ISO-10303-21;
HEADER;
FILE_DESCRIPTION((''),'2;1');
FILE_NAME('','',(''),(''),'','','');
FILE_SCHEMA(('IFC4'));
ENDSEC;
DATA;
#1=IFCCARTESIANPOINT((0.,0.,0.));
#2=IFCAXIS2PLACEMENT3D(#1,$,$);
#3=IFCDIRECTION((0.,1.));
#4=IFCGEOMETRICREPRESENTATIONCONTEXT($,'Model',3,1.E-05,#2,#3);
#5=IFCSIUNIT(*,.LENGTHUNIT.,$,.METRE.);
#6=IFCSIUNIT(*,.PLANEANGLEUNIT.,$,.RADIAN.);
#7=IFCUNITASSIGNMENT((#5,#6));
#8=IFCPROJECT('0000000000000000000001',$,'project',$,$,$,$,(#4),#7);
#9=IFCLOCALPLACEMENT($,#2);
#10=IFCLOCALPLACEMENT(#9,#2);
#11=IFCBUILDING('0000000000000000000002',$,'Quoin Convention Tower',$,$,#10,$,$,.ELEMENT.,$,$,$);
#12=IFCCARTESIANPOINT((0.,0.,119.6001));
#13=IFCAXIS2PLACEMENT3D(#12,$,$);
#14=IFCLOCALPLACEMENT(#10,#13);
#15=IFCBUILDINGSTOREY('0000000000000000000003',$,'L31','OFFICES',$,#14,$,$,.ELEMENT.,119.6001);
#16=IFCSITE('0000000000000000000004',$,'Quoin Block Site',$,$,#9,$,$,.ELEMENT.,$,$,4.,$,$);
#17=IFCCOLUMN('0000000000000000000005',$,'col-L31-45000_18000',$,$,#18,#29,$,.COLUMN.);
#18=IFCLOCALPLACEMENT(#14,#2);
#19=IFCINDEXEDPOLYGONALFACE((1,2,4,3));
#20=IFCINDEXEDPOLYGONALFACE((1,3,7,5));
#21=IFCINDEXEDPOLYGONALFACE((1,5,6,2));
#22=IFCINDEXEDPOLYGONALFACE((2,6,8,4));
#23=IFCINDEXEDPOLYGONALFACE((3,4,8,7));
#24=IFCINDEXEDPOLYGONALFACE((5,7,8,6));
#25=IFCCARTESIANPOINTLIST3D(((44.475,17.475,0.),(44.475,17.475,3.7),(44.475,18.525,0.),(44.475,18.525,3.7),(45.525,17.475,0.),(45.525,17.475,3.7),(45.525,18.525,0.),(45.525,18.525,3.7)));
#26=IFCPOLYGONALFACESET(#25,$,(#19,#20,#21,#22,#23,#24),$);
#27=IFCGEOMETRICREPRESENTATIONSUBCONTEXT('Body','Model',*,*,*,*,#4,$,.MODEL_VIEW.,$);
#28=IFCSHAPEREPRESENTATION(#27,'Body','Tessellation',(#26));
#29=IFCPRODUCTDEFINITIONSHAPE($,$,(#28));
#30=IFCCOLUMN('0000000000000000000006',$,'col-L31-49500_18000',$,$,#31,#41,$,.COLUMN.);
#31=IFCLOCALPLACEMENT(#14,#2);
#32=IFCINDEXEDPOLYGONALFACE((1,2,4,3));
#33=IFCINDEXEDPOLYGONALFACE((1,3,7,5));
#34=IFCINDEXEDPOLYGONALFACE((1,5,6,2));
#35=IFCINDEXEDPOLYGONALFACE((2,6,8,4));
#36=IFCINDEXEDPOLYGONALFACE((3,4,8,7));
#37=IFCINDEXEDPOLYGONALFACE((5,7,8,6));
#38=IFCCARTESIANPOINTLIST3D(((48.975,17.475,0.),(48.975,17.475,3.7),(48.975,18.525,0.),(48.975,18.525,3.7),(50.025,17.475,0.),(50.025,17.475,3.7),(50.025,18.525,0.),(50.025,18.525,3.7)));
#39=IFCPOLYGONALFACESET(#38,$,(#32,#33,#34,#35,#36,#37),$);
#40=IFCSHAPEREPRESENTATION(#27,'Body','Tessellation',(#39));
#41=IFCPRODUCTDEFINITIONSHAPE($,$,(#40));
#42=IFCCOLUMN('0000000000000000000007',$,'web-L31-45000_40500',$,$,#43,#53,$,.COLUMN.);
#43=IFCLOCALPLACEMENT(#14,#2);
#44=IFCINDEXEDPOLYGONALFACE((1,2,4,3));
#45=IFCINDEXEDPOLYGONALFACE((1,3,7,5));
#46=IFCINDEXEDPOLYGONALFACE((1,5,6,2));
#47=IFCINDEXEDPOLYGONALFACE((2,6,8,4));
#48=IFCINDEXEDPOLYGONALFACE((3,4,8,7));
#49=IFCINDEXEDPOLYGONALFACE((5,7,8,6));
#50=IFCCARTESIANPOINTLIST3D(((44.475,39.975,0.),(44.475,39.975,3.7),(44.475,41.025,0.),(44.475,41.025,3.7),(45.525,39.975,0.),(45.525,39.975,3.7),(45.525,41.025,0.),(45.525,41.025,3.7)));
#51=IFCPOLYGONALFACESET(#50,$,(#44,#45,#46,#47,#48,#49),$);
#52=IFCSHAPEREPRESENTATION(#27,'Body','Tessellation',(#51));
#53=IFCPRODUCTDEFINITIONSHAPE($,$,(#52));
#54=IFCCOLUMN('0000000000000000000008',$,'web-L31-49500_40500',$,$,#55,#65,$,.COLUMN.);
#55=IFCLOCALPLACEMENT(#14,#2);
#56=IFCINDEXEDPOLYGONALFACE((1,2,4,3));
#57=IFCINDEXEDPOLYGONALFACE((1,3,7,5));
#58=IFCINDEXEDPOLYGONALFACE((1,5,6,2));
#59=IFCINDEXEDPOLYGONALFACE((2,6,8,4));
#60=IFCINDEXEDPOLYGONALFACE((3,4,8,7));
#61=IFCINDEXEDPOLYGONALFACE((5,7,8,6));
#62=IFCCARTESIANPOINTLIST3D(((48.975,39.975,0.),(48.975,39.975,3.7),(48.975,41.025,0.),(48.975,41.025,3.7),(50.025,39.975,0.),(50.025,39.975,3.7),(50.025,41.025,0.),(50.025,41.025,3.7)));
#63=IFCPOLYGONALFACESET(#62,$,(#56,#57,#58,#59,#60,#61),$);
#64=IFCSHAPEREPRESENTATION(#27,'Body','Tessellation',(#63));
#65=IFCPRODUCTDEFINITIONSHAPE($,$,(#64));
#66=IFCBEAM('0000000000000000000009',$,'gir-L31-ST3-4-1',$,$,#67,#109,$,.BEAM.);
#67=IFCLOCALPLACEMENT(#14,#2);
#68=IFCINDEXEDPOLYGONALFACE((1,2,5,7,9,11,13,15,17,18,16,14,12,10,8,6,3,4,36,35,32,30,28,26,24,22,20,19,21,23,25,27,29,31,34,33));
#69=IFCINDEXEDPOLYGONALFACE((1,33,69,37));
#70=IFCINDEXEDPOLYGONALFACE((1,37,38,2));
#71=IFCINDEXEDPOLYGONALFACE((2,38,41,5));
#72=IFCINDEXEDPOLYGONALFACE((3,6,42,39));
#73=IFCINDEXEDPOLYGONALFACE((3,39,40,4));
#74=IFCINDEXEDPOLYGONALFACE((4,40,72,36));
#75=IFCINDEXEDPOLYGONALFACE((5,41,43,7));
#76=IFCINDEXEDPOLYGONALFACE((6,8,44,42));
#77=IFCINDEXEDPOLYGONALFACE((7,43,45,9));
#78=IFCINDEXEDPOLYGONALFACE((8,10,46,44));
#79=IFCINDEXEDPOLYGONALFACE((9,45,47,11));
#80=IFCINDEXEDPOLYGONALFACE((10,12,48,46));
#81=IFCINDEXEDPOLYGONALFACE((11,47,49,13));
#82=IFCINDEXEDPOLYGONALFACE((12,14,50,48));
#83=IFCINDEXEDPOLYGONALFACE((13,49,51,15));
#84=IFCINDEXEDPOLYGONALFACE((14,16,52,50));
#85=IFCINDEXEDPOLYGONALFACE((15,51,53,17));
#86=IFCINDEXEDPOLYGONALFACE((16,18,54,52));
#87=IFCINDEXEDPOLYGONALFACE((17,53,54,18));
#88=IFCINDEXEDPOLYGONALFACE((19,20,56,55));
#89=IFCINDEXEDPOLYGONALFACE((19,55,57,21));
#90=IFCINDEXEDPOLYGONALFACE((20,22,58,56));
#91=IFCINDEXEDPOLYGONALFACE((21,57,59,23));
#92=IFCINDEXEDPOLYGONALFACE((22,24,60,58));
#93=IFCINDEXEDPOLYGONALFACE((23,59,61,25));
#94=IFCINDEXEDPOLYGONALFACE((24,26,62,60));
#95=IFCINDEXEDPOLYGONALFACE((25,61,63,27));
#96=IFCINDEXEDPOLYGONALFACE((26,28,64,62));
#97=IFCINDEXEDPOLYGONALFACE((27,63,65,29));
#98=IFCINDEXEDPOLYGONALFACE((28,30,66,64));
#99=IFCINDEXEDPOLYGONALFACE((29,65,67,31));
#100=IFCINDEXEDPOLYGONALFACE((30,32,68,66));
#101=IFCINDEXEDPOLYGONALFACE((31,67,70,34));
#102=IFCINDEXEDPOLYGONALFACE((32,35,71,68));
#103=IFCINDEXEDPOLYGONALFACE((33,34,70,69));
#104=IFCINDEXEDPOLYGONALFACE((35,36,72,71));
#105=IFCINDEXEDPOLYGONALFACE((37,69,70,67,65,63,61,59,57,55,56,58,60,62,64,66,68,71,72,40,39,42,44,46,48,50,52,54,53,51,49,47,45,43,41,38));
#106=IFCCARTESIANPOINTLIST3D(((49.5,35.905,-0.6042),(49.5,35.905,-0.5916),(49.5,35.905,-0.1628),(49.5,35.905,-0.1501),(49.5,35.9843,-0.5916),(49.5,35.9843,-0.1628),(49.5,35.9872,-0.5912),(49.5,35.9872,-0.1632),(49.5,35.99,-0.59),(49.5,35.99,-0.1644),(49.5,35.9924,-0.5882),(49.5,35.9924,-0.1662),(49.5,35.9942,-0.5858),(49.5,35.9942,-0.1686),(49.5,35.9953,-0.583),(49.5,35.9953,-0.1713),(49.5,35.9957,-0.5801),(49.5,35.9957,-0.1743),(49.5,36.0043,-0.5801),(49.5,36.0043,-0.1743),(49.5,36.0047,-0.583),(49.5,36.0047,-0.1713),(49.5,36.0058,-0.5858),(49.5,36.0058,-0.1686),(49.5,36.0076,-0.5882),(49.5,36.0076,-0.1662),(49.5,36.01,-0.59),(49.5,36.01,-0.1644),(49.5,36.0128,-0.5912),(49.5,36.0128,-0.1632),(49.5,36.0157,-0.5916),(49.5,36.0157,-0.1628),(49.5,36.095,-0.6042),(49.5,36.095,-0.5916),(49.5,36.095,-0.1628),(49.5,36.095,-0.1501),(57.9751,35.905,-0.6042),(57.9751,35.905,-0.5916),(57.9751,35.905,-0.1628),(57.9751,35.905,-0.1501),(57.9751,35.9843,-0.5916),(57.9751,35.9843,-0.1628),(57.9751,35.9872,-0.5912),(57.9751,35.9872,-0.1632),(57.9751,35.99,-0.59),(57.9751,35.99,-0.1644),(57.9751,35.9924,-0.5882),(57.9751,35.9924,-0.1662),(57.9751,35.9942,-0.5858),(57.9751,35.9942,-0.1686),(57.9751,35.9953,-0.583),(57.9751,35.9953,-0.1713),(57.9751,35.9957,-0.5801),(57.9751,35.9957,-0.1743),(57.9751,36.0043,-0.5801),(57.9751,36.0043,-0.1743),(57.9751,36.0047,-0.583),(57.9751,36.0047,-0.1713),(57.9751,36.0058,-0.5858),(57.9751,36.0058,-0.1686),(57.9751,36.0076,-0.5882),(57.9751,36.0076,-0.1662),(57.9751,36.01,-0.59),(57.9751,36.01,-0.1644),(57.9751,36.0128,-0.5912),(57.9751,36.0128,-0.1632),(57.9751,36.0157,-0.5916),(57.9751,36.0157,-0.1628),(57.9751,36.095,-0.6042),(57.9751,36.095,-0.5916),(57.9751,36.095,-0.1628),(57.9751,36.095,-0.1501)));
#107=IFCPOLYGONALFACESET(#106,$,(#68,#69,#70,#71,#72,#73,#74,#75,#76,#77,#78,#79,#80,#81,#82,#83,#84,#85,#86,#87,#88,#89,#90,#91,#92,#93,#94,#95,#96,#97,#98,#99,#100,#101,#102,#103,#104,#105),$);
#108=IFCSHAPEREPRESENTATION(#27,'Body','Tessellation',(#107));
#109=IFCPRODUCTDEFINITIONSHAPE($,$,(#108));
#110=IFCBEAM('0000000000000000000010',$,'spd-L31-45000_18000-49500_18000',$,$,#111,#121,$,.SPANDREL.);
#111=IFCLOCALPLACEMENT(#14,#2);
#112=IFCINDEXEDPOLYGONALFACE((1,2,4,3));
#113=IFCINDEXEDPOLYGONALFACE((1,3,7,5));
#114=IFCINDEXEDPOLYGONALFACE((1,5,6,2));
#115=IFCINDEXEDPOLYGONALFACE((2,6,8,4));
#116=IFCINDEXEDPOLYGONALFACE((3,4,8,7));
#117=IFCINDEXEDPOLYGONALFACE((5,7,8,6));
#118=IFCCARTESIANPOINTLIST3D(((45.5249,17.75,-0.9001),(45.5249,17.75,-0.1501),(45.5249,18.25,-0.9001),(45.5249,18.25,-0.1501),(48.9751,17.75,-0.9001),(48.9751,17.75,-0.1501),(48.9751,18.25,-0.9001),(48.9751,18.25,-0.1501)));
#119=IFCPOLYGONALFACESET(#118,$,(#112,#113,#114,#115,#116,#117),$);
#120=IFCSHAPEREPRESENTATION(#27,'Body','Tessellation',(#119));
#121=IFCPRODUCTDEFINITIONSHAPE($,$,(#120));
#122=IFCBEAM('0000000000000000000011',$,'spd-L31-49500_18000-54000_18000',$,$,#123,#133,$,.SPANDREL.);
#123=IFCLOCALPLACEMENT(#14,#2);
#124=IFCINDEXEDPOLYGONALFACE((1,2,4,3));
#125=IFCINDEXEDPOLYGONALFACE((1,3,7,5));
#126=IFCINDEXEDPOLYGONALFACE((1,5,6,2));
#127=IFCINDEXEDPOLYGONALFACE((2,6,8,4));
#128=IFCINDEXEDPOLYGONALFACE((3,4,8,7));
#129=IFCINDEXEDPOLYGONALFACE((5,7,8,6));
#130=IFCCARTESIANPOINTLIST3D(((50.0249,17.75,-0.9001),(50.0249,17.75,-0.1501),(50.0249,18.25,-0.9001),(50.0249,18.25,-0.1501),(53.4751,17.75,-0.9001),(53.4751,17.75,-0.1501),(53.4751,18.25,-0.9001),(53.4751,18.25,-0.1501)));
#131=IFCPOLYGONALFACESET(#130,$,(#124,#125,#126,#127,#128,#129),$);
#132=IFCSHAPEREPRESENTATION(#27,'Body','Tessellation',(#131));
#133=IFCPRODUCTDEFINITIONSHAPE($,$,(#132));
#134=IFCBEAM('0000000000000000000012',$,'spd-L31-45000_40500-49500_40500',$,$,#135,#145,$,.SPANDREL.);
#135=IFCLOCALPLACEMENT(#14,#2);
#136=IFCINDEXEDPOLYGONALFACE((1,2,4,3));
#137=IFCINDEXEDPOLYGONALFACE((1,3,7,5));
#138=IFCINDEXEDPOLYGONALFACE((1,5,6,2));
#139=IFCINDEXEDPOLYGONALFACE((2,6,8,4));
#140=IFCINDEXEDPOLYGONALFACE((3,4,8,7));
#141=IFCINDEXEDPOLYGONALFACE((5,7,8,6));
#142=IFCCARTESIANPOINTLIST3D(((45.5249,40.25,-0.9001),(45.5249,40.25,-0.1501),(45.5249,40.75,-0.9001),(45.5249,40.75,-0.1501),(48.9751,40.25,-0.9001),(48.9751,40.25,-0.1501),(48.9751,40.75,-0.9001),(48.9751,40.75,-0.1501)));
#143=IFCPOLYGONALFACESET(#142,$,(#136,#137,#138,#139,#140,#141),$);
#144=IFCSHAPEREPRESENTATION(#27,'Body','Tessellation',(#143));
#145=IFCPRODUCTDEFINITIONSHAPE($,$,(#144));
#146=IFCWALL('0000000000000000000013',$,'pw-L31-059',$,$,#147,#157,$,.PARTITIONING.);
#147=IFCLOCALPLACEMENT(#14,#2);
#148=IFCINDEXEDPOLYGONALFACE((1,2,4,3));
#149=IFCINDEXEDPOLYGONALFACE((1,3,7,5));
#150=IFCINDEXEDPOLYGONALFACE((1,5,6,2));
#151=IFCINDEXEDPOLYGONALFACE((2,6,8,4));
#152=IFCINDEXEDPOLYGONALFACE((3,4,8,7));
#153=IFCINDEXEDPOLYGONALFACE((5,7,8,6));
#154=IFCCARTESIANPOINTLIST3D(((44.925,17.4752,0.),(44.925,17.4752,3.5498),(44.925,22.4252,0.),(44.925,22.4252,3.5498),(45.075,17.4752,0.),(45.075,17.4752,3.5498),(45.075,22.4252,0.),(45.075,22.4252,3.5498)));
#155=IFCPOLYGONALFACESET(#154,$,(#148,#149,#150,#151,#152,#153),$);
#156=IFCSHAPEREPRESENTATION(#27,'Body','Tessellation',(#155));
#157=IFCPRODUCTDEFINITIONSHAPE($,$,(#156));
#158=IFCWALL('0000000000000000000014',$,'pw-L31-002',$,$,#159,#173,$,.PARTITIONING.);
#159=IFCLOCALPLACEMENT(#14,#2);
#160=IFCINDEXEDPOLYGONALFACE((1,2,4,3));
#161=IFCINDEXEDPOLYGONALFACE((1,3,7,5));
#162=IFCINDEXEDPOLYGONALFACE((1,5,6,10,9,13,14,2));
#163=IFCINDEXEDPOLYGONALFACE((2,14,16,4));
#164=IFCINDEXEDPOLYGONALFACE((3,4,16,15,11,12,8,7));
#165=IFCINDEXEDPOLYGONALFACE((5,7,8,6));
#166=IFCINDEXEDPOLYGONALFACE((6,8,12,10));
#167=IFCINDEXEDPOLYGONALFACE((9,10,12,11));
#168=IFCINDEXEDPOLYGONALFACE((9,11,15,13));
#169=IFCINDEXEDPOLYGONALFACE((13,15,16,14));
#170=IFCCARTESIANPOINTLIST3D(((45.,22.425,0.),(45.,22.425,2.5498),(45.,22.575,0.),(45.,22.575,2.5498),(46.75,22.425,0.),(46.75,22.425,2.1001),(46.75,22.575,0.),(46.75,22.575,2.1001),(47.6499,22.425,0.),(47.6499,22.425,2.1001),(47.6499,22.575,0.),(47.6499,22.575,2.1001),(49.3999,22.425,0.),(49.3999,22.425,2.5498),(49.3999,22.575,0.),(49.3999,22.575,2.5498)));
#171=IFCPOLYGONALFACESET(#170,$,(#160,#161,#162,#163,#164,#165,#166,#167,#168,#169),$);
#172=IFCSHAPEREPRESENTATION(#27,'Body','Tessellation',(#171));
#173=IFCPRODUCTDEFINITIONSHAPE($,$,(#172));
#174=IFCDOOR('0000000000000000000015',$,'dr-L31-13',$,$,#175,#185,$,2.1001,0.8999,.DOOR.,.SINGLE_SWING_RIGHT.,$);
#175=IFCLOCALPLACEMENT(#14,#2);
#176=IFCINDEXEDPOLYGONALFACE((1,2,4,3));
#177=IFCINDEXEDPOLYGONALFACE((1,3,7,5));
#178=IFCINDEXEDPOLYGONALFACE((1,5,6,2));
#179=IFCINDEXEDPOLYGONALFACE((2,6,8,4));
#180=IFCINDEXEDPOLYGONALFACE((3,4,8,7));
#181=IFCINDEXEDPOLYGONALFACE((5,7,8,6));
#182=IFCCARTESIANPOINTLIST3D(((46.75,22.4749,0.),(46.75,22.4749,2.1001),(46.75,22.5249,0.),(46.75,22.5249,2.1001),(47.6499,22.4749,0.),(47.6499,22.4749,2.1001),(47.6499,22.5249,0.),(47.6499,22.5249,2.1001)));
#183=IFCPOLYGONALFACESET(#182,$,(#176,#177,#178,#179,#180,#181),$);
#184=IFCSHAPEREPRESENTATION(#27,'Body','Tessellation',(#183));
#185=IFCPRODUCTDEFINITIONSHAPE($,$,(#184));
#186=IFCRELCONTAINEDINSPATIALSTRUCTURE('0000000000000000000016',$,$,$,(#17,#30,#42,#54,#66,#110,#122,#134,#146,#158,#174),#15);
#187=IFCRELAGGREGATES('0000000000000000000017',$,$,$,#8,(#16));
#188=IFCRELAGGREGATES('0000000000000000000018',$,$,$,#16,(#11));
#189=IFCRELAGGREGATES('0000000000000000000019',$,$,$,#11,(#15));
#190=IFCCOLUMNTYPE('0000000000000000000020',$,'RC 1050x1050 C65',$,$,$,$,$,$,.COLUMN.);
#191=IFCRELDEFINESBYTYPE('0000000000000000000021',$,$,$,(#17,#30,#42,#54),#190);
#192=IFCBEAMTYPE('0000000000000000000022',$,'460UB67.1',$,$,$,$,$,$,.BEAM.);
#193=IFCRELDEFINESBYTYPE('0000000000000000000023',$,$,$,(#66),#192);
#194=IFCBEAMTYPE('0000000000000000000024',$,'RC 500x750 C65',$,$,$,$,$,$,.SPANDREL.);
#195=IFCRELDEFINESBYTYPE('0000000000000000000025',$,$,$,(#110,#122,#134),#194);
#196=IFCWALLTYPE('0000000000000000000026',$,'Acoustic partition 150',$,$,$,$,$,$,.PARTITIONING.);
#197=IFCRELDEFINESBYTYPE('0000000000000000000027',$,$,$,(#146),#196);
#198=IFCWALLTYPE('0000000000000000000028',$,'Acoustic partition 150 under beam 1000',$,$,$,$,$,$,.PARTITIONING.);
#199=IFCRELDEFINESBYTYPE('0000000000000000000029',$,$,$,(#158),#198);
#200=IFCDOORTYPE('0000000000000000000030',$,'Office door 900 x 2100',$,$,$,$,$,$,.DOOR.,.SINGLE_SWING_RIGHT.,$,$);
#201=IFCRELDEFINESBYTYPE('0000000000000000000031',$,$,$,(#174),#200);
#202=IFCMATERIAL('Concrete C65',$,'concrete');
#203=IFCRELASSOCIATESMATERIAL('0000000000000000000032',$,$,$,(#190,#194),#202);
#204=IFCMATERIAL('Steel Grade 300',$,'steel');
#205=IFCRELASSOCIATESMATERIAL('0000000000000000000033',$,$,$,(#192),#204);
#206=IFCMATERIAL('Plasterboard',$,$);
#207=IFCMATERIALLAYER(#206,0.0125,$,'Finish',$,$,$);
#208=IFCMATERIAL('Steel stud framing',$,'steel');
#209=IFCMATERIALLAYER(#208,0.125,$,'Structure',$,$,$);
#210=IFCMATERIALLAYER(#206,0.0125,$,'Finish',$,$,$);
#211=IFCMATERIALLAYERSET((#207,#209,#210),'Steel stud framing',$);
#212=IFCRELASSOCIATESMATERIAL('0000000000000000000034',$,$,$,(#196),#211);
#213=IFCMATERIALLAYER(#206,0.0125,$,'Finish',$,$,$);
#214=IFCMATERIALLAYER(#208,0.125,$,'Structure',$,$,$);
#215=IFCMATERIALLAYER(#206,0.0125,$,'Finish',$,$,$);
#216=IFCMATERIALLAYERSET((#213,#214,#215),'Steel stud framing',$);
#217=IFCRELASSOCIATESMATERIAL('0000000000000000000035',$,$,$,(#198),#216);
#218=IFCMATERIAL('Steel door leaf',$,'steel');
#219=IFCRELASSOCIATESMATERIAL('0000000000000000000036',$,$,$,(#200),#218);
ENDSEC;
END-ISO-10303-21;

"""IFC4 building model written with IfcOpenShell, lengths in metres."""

from ifc_helpers import new_model, si_unit, direction, frame, frame_2d, origin, origin_2d, place, context, subcontext, project, spatial, rectangle, i_section, extrude, material, layer, layer_set, material_profile, profile_set, type_object, element, fill, save


model = new_model("IFC4")

# Units and contexts
model_context = context("Model", 3, precision=1e-05, world=origin(), true_north=direction((0.0, 1.0)))
body_context = subcontext(model_context, "Body", "Model", "MODEL_VIEW")
ifc_project = project(units=[si_unit("LENGTHUNIT", "METRE"), si_unit("PLANEANGLEUNIT", "RADIAN")], contexts=[model_context])

# Site, building, storey
site_placement = place(None, origin())
site = spatial("IfcSite", under=ifc_project, at=site_placement, Name="Quoin Block Site", CompositionType="ELEMENT", RefElevation=4.0)
building_placement = place(site_placement, origin())
building = spatial("IfcBuilding", under=site, at=building_placement, Name="Quoin Convention Tower", CompositionType="ELEMENT")
storey_placement = place(building_placement, frame((0.0, 0.0, 119.6001)))
storey = spatial("IfcBuildingStorey", under=building, at=storey_placement, Name="L31", Description="OFFICES", CompositionType="ELEMENT", Elevation=119.6001)

# Columns
ifc_material_1 = material(Name="Concrete C65", Category="concrete")
ifc_material_profile_1 = material_profile(ifc_material_1, rectangle(XDim=1.05, YDim=1.05, at=origin_2d()), Name="RC 1050x1050")
ifc_profile_set_1 = profile_set([ifc_material_profile_1], Name="Concrete C65")
column_type = type_object("IfcColumnType", Name="RC 1050x1050 C65", PredefinedType="COLUMN", material=ifc_profile_set_1)
for number, where, z_axis, x_axis, name in (
    (1, (45.0, 18.0, 0.0), (0.0, 0.0, 1.0), (1.0, 0.0, 0.0), "col-L31-45000_18000"),
    (2, (49.5, 18.0, 0.0), (0.0, 0.0, 1.0), (1.0, 0.0, 0.0), "col-L31-49500_18000"),
    (3, (45.0, 40.5, 0.0), (0.0, 0.0, 1.0), (1.0, 0.0, 0.0), "web-L31-45000_40500"),
    (4, (49.5, 40.5, 0.0), (0.0, 0.0, 1.0), (1.0, 0.0, 0.0), "web-L31-49500_40500"),
):
    element("IfcColumn", number, at=place(storey_placement, frame(where, z_axis=z_axis, x_axis=x_axis)), inside=storey, type_object=column_type, Name=name, PredefinedType="COLUMN", context=body_context, shape_type="SweptSolid", body=[
        extrude(rectangle(XDim=1.05, YDim=1.05, at=origin_2d()), origin(), (0.0, 0.0, 1.0), 3.7),
    ])

# Beams
ifc_material_2 = material(Name="Steel Grade 300", Category="steel")
ifc_material_profile_2 = material_profile(ifc_material_2, i_section(OverallWidth=0.1899, OverallDepth=0.4541, WebThickness=0.0085, FlangeThickness=0.0127, FilletRadius=0.0115, at=origin_2d()), Name="460UB67.1")
ifc_profile_set_2 = profile_set([ifc_material_profile_2], Name="Steel Grade 300")
beam_type_1 = type_object("IfcBeamType", Name="460UB67.1", PredefinedType="BEAM", material=ifc_profile_set_2)
beam_placement = place(storey_placement, frame((49.5, 36.0, -0.3772), z_axis=(1.0, 0.0, 0.0), x_axis=(0.0, 1.0, 0.0)))
element("IfcBeam", 5, at=beam_placement, inside=storey, type_object=beam_type_1, Name="gir-L31-ST3-4-1", PredefinedType="BEAM", context=body_context, shape_type="SweptSolid", body=[
    extrude(i_section(OverallWidth=0.1899, OverallDepth=0.4541, WebThickness=0.0085, FlangeThickness=0.0127, FilletRadius=0.0115, at=origin_2d()), origin(), (0.0, 0.0, 1.0), 8.4751),
])
ifc_material_profile_3 = material_profile(ifc_material_1, rectangle(XDim=0.5, YDim=0.75, at=origin_2d()), Name="RC 500x750")
ifc_profile_set_3 = profile_set([ifc_material_profile_3], Name="Concrete C65")
beam_type_2 = type_object("IfcBeamType", Name="RC 500x750 C65", PredefinedType="SPANDREL", material=ifc_profile_set_3)
for number, where, z_axis, x_axis, name in (
    (6, (45.5249, 18.0, -0.5251), (1.0, 0.0, 0.0), (0.0, 1.0, 0.0), "spd-L31-45000_18000-49500_18000"),
    (7, (50.0249, 18.0, -0.5251), (1.0, 0.0, 0.0), (0.0, 1.0, 0.0), "spd-L31-49500_18000-54000_18000"),
    (8, (45.5249, 40.5, -0.5251), (1.0, 0.0, 0.0), (0.0, 1.0, 0.0), "spd-L31-45000_40500-49500_40500"),
):
    element("IfcBeam", number, at=place(storey_placement, frame(where, z_axis=z_axis, x_axis=x_axis)), inside=storey, type_object=beam_type_2, Name=name, PredefinedType="SPANDREL", context=body_context, shape_type="SweptSolid", body=[
        extrude(rectangle(XDim=0.5, YDim=0.75, at=origin_2d()), origin(), (0.0, 0.0, 1.0), 3.4502),
    ])

# Wall
ifc_material_3 = material(Name="Plasterboard")
ifc_layer_1 = layer(ifc_material_3, 0.0125, Name="Finish")
ifc_material_4 = material(Name="Steel stud framing", Category="steel")
ifc_layer_2 = layer(ifc_material_4, 0.125, Name="Structure")
ifc_layer_3 = layer(ifc_material_3, 0.0125, Name="Finish")
ifc_layer_set_1 = layer_set([ifc_layer_1, ifc_layer_2, ifc_layer_3], Name="Steel stud framing")
wall_type_1 = type_object("IfcWallType", Name="Acoustic partition 150", PredefinedType="PARTITIONING", material=ifc_layer_set_1)
wall_1_placement = place(storey_placement, frame((45.0, 17.4751, 0.0), z_axis=(0.0, 0.0, 1.0), x_axis=(0.0, 1.0, 0.0)))
element("IfcWall", 9, at=wall_1_placement, inside=storey, type_object=wall_type_1, Name="pw-L31-059", PredefinedType="PARTITIONING", context=body_context, shape_type="SweptSolid", body=[
    extrude(rectangle(XDim=4.95, YDim=0.1499, at=frame_2d((2.4751, 0.0))), origin(), (0.0, 0.0, 1.0), 3.5498),
])

# Wall, opening, door
ifc_layer_4 = layer(ifc_material_3, 0.0125, Name="Finish")
ifc_layer_5 = layer(ifc_material_4, 0.125, Name="Structure")
ifc_layer_6 = layer(ifc_material_3, 0.0125, Name="Finish")
ifc_layer_set_2 = layer_set([ifc_layer_4, ifc_layer_5, ifc_layer_6], Name="Steel stud framing")
wall_type_2 = type_object("IfcWallType", Name="Acoustic partition 150 under beam 1000", PredefinedType="PARTITIONING", material=ifc_layer_set_2)
wall_2_placement = place(storey_placement, frame((45.0, 22.5, 0.0), z_axis=(0.0, 0.0, 1.0), x_axis=(1.0, 0.0, 0.0)))
wall_2 = element("IfcWall", 10, at=wall_2_placement, inside=storey, type_object=wall_type_2, Name="pw-L31-002", PredefinedType="PARTITIONING", context=body_context, shape_type="SweptSolid", body=[
    extrude(rectangle(XDim=4.3999, YDim=0.1499, at=frame_2d((2.2, 0.0))), origin(), (0.0, 0.0, 1.0), 2.5498),
])
opening_1_placement = place(wall_2_placement, frame((1.75, 0.0, 0.0)))
opening_1 = element("IfcOpeningElement", 11, at=opening_1_placement, cuts=wall_2, PredefinedType="OPENING", context=body_context, shape_type="SweptSolid", body=[
    extrude(rectangle(XDim=0.8999, YDim=2.1001, at=frame_2d((0.45, 1.05))), frame((0.0, 0.085, 0.0), z_axis=(0.0, -1.0, 0.0), x_axis=(1.0, 0.0, 0.0)), (0.0, 0.0, 1.0), 0.1699),
])
ifc_material_5 = material(Name="Steel door leaf", Category="steel")
door_type_1 = type_object("IfcDoorType", Name="Office door 900 x 2100", OperationType="SINGLE_SWING_RIGHT", PredefinedType="DOOR", material=ifc_material_5)
door_1_placement = place(opening_1_placement, origin())
door_1 = element("IfcDoor", 12, at=door_1_placement, inside=storey, type_object=door_type_1, Name="dr-L31-13", OperationType="SINGLE_SWING_RIGHT", OverallHeight=2.1001, OverallWidth=0.8999, PredefinedType="DOOR", context=body_context, shape_type="SweptSolid", body=[
    extrude(rectangle(XDim=0.8999, YDim=2.1001, at=frame_2d((0.45, 1.05))), frame((0.0, 0.0249, 0.0), z_axis=(0.0, -1.0, 0.0), x_axis=(1.0, 0.0, 0.0)), (0.0, 0.0, 1.0), 0.05),
])
fill(opening_1, door_1)

save(model, "model.ifc")
